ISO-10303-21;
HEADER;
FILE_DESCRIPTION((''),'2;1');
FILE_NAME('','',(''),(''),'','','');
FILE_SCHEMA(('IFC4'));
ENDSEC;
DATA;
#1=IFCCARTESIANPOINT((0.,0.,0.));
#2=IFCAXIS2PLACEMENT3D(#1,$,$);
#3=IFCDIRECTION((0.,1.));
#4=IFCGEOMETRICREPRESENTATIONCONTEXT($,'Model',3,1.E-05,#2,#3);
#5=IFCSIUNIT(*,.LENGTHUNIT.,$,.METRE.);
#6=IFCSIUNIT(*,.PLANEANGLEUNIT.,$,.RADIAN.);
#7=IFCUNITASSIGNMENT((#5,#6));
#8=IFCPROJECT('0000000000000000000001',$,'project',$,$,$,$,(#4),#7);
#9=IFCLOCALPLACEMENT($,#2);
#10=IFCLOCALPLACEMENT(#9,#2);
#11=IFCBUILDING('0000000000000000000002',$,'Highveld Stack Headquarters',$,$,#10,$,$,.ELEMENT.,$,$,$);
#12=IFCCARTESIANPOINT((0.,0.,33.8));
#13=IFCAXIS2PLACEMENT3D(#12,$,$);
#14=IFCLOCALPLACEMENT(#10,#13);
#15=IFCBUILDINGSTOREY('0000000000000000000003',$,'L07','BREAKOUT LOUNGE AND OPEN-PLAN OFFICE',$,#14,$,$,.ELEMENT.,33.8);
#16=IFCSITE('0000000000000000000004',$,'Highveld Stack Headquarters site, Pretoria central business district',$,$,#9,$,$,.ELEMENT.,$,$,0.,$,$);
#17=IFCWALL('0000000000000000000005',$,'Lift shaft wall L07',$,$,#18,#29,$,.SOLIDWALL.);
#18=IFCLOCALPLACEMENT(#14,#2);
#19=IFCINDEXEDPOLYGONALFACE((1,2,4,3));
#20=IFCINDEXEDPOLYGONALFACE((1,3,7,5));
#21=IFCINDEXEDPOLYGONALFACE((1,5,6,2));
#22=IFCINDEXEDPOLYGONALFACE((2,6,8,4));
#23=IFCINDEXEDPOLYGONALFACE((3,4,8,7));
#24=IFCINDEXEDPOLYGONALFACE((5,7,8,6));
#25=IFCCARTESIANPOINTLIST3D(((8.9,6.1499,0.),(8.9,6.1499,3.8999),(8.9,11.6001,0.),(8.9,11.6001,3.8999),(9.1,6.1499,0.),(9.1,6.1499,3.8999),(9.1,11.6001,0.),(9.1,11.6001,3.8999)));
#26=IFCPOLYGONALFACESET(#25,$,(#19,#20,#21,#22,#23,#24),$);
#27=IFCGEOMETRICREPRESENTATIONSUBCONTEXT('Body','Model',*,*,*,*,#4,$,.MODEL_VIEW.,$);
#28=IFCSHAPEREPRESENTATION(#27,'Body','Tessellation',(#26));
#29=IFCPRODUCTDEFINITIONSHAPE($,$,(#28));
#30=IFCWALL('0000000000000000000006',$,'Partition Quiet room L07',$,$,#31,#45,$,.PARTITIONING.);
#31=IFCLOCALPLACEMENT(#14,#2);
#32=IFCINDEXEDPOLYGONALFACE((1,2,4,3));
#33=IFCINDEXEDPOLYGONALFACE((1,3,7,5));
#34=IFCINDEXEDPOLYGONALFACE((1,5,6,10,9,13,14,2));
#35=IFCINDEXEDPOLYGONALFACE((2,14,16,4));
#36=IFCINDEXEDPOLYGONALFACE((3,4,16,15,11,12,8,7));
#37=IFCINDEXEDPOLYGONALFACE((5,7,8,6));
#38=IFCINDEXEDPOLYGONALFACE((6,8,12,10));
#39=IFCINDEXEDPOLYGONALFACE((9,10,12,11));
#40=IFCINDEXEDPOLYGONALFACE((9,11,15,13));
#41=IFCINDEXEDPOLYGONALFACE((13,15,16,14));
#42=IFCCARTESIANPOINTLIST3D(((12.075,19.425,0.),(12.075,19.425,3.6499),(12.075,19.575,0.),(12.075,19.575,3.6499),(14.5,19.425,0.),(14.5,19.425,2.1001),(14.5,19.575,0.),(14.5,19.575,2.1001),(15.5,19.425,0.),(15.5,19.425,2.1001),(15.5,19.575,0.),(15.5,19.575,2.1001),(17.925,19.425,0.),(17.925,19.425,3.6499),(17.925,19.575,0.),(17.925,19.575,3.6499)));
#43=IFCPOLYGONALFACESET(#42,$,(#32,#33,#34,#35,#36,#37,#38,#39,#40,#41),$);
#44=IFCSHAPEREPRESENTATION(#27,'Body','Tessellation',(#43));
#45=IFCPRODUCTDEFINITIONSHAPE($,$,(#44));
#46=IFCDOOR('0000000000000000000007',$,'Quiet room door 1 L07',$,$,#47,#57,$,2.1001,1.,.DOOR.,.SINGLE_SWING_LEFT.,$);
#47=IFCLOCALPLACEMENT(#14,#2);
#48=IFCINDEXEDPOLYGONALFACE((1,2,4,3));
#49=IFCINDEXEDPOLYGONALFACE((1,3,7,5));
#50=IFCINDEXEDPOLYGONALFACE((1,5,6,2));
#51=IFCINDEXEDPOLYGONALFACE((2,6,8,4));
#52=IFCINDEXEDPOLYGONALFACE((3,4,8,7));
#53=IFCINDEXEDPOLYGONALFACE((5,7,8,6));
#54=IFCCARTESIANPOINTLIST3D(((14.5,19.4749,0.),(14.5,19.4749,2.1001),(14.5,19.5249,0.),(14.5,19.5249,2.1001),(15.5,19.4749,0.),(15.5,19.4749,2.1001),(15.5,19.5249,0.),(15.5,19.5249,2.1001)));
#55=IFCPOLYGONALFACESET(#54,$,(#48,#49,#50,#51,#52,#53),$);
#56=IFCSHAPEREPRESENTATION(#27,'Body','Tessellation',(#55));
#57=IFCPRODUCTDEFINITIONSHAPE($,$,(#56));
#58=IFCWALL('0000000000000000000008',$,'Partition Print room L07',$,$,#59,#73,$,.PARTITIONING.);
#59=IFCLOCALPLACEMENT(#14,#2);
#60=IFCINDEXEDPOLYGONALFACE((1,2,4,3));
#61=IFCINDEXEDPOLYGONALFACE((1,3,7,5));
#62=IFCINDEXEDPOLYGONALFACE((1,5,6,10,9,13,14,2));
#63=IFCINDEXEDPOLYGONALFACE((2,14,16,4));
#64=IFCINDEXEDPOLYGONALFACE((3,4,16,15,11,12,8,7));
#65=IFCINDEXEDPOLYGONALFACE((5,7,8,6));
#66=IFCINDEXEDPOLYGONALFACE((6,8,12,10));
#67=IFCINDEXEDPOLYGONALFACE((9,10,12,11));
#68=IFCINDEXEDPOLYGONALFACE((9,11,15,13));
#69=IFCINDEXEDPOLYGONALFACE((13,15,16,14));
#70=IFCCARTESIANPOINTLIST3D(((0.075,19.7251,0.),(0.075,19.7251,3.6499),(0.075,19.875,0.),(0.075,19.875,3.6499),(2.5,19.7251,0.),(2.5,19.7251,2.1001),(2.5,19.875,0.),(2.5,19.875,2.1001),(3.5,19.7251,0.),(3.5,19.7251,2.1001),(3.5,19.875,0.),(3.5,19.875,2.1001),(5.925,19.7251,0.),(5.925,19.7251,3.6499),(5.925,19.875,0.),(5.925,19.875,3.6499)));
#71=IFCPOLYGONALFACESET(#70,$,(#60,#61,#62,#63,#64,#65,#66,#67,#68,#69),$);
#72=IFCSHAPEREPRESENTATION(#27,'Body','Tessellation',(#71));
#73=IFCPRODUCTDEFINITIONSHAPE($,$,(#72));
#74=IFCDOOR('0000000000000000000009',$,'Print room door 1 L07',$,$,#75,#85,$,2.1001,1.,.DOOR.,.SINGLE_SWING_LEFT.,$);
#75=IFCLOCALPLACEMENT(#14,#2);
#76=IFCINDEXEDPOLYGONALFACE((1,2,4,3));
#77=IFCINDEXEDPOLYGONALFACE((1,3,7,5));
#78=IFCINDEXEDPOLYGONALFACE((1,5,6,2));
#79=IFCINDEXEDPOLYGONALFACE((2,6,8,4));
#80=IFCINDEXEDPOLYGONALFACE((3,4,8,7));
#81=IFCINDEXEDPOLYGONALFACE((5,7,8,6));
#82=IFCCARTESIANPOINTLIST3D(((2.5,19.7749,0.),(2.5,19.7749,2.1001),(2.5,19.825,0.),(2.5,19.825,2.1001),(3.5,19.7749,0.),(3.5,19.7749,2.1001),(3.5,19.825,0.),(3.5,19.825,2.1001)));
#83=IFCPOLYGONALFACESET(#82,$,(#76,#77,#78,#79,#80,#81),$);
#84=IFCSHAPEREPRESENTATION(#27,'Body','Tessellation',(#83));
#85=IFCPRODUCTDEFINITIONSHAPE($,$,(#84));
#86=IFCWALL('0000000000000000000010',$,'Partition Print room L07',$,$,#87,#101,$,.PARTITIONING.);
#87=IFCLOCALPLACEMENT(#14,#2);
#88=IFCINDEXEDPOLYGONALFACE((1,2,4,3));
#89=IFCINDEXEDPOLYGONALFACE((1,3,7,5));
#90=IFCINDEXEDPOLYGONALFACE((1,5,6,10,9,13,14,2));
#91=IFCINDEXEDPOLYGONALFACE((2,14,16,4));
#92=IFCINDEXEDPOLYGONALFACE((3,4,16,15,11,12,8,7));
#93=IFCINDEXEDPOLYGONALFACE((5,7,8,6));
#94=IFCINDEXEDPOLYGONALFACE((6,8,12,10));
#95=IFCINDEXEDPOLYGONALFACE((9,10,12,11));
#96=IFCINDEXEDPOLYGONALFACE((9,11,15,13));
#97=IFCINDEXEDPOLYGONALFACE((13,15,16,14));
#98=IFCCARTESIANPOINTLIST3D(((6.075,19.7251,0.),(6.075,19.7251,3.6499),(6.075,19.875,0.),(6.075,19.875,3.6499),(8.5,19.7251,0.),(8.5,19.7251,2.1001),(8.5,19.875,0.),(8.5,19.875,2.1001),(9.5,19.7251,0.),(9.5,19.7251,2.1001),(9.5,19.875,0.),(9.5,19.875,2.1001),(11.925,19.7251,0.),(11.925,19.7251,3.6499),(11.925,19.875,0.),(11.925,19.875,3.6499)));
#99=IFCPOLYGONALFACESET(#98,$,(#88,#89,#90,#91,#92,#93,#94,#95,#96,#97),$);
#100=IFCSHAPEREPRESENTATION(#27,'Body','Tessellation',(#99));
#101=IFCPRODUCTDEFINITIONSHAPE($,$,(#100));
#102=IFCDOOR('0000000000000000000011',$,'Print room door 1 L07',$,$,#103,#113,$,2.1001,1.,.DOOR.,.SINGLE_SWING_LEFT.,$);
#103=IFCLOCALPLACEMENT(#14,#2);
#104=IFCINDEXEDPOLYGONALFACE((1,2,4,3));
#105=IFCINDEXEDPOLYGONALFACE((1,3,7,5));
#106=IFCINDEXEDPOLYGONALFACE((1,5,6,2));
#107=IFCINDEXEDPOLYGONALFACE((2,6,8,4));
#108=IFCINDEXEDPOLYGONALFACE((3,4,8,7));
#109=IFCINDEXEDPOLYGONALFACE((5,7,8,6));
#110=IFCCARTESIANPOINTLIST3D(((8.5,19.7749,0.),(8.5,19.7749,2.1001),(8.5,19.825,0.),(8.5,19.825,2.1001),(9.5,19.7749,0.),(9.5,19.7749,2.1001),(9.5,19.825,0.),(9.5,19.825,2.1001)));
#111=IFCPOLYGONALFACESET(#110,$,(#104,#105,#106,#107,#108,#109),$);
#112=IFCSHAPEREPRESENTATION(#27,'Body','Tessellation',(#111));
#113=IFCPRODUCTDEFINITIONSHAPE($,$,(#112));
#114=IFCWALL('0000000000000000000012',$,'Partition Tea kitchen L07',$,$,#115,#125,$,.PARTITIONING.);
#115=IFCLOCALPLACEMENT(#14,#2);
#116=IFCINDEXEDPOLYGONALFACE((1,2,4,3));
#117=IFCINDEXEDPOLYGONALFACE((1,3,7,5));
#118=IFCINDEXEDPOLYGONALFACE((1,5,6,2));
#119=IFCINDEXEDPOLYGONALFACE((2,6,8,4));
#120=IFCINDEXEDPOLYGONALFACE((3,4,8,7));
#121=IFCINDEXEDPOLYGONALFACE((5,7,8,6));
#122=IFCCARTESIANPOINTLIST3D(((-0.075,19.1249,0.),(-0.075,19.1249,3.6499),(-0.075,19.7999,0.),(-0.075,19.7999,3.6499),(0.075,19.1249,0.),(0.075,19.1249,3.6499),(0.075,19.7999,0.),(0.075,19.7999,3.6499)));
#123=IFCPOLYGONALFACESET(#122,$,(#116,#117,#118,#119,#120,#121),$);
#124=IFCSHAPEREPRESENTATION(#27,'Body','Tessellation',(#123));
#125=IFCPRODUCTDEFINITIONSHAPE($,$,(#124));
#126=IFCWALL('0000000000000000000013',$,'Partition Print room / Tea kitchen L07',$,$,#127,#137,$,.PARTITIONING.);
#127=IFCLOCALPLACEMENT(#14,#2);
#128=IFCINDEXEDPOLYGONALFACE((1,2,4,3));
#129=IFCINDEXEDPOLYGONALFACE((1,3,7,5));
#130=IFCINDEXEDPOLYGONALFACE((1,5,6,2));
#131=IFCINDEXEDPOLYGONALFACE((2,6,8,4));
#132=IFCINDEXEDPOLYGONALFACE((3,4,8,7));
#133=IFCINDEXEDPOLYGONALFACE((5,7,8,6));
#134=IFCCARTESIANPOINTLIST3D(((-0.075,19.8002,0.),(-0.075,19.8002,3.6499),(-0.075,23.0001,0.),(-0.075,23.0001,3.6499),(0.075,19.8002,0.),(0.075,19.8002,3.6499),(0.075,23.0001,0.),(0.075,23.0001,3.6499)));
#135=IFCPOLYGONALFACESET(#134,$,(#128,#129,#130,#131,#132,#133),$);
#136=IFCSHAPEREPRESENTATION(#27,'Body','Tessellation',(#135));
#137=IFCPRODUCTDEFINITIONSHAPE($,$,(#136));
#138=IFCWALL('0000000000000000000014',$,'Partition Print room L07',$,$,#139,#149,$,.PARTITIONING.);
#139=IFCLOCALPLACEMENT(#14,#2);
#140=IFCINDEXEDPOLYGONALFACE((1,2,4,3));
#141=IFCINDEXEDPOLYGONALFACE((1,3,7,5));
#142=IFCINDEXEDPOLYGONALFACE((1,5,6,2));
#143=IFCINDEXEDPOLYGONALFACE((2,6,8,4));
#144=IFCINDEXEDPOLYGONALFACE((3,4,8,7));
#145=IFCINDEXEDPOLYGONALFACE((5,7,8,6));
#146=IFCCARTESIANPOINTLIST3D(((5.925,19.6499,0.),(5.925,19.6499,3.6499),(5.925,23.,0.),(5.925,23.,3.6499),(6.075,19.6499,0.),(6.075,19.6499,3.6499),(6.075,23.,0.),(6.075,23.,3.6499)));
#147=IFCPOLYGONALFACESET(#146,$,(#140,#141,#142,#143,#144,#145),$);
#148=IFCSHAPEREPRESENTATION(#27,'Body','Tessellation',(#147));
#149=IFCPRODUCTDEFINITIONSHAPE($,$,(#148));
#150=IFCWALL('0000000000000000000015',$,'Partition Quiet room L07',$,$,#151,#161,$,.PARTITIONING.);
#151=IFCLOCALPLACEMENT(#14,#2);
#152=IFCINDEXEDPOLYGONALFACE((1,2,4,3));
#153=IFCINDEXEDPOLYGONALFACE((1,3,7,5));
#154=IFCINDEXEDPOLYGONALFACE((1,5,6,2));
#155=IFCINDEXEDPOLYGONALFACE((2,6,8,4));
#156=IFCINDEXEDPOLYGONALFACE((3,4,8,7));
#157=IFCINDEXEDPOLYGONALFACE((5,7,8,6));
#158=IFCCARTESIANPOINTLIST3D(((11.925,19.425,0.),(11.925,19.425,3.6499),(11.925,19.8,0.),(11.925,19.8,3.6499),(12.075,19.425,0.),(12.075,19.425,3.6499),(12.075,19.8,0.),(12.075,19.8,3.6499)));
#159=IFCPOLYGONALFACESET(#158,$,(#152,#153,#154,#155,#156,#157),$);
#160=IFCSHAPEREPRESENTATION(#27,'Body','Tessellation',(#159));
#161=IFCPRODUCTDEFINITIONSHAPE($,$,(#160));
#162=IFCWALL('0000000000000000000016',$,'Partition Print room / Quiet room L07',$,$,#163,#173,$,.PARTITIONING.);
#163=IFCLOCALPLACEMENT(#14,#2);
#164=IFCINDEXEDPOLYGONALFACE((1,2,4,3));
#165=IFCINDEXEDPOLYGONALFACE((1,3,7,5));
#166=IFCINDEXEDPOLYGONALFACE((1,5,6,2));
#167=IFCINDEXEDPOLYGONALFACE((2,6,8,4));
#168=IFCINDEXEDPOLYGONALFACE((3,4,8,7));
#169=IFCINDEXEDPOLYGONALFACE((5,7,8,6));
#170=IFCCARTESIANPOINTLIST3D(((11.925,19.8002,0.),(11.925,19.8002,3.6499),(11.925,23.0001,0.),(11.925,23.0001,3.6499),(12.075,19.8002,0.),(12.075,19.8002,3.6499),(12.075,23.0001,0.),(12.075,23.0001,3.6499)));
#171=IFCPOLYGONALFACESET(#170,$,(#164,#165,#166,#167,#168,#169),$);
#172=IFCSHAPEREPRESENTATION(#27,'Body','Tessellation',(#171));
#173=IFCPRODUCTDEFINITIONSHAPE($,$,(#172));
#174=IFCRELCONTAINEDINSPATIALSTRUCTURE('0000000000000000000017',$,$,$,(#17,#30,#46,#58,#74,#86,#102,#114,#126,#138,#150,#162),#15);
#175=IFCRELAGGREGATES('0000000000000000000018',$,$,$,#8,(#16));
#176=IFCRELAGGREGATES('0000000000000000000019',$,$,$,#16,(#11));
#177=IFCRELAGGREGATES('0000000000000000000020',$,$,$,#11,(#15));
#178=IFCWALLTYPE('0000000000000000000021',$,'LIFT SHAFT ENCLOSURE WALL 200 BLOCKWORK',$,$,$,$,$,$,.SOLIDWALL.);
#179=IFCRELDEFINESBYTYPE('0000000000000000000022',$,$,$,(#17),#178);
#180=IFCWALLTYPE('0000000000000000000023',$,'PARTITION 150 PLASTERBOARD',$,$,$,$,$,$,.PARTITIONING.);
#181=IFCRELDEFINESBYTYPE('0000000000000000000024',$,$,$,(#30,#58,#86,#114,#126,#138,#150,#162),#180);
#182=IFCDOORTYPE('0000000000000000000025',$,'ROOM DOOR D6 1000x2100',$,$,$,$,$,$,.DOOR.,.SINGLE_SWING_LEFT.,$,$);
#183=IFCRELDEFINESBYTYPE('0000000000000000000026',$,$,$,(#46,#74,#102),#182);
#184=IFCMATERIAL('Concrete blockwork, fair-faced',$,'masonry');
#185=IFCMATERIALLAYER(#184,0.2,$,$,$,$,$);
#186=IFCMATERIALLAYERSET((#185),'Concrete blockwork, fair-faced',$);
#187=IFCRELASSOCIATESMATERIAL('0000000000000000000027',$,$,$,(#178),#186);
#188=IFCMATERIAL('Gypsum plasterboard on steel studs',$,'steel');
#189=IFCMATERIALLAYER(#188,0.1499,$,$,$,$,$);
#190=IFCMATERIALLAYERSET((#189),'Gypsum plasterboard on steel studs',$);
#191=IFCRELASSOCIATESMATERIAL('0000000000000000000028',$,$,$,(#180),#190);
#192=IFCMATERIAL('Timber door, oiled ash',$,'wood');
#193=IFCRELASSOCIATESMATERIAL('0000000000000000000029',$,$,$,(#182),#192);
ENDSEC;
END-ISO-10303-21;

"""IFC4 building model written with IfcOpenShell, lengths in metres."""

from ifc_helpers import new_model, si_unit, direction, frame, frame_2d, origin, place, context, subcontext, project, spatial, rectangle, extrude, material, layer, layer_set, type_object, element, fill, save


model = new_model("IFC4")

# Units and contexts
model_context = context("Model", 3, precision=1e-05, world=origin(), true_north=direction((0.0, 1.0)))
body_context = subcontext(model_context, "Body", "Model", "MODEL_VIEW")
ifc_project = project(units=[si_unit("LENGTHUNIT", "METRE"), si_unit("PLANEANGLEUNIT", "RADIAN")], contexts=[model_context])

# Site, building, storey
site_placement = place(None, origin())
site = spatial("IfcSite", under=ifc_project, at=site_placement, Name="Highveld Stack Headquarters site, Pretoria central business district", CompositionType="ELEMENT", RefElevation=0.0)
building_placement = place(site_placement, origin())
building = spatial("IfcBuilding", under=site, at=building_placement, Name="Highveld Stack Headquarters", CompositionType="ELEMENT")
storey_placement = place(building_placement, frame((0.0, 0.0, 33.8)))
storey = spatial("IfcBuildingStorey", under=building, at=storey_placement, Name="L07", Description="BREAKOUT LOUNGE AND OPEN-PLAN OFFICE", CompositionType="ELEMENT", Elevation=33.8)

# Wall
ifc_material_1 = material(Name="Concrete blockwork, fair-faced", Category="masonry")
ifc_layer_1 = layer(ifc_material_1, 0.2)
ifc_layer_set_1 = layer_set([ifc_layer_1], Name="Concrete blockwork, fair-faced")
wall_type_1 = type_object("IfcWallType", Name="LIFT SHAFT ENCLOSURE WALL 200 BLOCKWORK", PredefinedType="SOLIDWALL", material=ifc_layer_set_1)
for number, where, z_axis, x_axis, name in (
    (1, (9.0, 6.1499, 0.0), (0.0, 0.0, 1.0), (0.0, 1.0, 0.0), "Lift shaft wall L07"),
):
    element("IfcWall", number, at=place(storey_placement, frame(where, z_axis=z_axis, x_axis=x_axis)), inside=storey, type_object=wall_type_1, Name=name, PredefinedType="SOLIDWALL", context=body_context, shape_type="SweptSolid", body=[
        extrude(rectangle(XDim=5.4502, YDim=0.2, at=frame_2d((2.7251, 0.0))), origin(), (0.0, 0.0, 1.0), 3.8999),
    ])

# Walls, openings, doors
ifc_material_2 = material(Name="Gypsum plasterboard on steel studs", Category="steel")
ifc_layer_2 = layer(ifc_material_2, 0.1499)
ifc_layer_set_2 = layer_set([ifc_layer_2], Name="Gypsum plasterboard on steel studs")
wall_type_2 = type_object("IfcWallType", Name="PARTITION 150 PLASTERBOARD", PredefinedType="PARTITIONING", material=ifc_layer_set_2)
wall_1_placement = place(storey_placement, frame((12.075, 19.5, 0.0), z_axis=(0.0, 0.0, 1.0), x_axis=(1.0, 0.0, 0.0)))
wall_1 = element("IfcWall", 2, at=wall_1_placement, inside=storey, type_object=wall_type_2, Name="Partition Quiet room L07", PredefinedType="PARTITIONING", context=body_context, shape_type="SweptSolid", body=[
    extrude(rectangle(XDim=5.8501, YDim=0.1499, at=frame_2d((2.925, 0.0))), origin(), (0.0, 0.0, 1.0), 3.6499),
])
opening_1_placement = place(wall_1_placement, frame((2.425, 0.0, 0.0)))
opening_1 = element("IfcOpeningElement", 3, at=opening_1_placement, cuts=wall_1, PredefinedType="OPENING", context=body_context, shape_type="SweptSolid", body=[
    extrude(rectangle(XDim=1.0, YDim=2.1001, at=frame_2d((0.5, 1.05))), frame((0.0, 0.085, 0.0), z_axis=(0.0, -1.0, 0.0), x_axis=(1.0, 0.0, 0.0)), (0.0, 0.0, 1.0), 0.1699),
])
ifc_material_3 = material(Name="Timber door, oiled ash", Category="wood")
door_type_1 = type_object("IfcDoorType", Name="ROOM DOOR D6 1000x2100", OperationType="SINGLE_SWING_LEFT", PredefinedType="DOOR", material=ifc_material_3)
door_1_placement = place(opening_1_placement, origin())
door_1 = element("IfcDoor", 4, at=door_1_placement, inside=storey, type_object=door_type_1, Name="Quiet room door 1 L07", OperationType="SINGLE_SWING_LEFT", OverallHeight=2.1001, OverallWidth=1.0, PredefinedType="DOOR", context=body_context, shape_type="SweptSolid", body=[
    extrude(rectangle(XDim=1.0, YDim=2.1001, at=frame_2d((0.5, 1.05))), frame((0.0, 0.0249, 0.0), z_axis=(0.0, -1.0, 0.0), x_axis=(1.0, 0.0, 0.0)), (0.0, 0.0, 1.0), 0.05),
])
fill(opening_1, door_1)
wall_2_placement = place(storey_placement, frame((0.075, 19.8, 0.0), z_axis=(0.0, 0.0, 1.0), x_axis=(1.0, 0.0, 0.0)))
wall_2 = element("IfcWall", 5, at=wall_2_placement, inside=storey, type_object=wall_type_2, Name="Partition Print room L07", PredefinedType="PARTITIONING", context=body_context, shape_type="SweptSolid", body=[
    extrude(rectangle(XDim=5.8501, YDim=0.1499, at=frame_2d((2.925, 0.0))), origin(), (0.0, 0.0, 1.0), 3.6499),
])
opening_2_placement = place(wall_2_placement, frame((2.425, 0.0, 0.0)))
opening_2 = element("IfcOpeningElement", 6, at=opening_2_placement, cuts=wall_2, PredefinedType="OPENING", context=body_context, shape_type="SweptSolid", body=[
    extrude(rectangle(XDim=1.0, YDim=2.1001, at=frame_2d((0.5, 1.05))), frame((0.0, 0.085, 0.0), z_axis=(0.0, -1.0, 0.0), x_axis=(1.0, 0.0, 0.0)), (0.0, 0.0, 1.0), 0.1699),
])
door_2_placement = place(opening_2_placement, origin())
door_2 = element("IfcDoor", 7, at=door_2_placement, inside=storey, type_object=door_type_1, Name="Print room door 1 L07", OperationType="SINGLE_SWING_LEFT", OverallHeight=2.1001, OverallWidth=1.0, PredefinedType="DOOR", context=body_context, shape_type="SweptSolid", body=[
    extrude(rectangle(XDim=1.0, YDim=2.1001, at=frame_2d((0.5, 1.05))), frame((0.0, 0.0249, 0.0), z_axis=(0.0, -1.0, 0.0), x_axis=(1.0, 0.0, 0.0)), (0.0, 0.0, 1.0), 0.05),
])
fill(opening_2, door_2)
wall_3_placement = place(storey_placement, frame((6.075, 19.8, 0.0), z_axis=(0.0, 0.0, 1.0), x_axis=(1.0, 0.0, 0.0)))
wall_3 = element("IfcWall", 8, at=wall_3_placement, inside=storey, type_object=wall_type_2, Name="Partition Print room L07", PredefinedType="PARTITIONING", context=body_context, shape_type="SweptSolid", body=[
    extrude(rectangle(XDim=5.8501, YDim=0.1499, at=frame_2d((2.925, 0.0))), origin(), (0.0, 0.0, 1.0), 3.6499),
])
opening_3_placement = place(wall_3_placement, frame((2.425, 0.0, 0.0)))
opening_3 = element("IfcOpeningElement", 9, at=opening_3_placement, cuts=wall_3, PredefinedType="OPENING", context=body_context, shape_type="SweptSolid", body=[
    extrude(rectangle(XDim=1.0, YDim=2.1001, at=frame_2d((0.5, 1.05))), frame((0.0, 0.085, 0.0), z_axis=(0.0, -1.0, 0.0), x_axis=(1.0, 0.0, 0.0)), (0.0, 0.0, 1.0), 0.1699),
])
door_3_placement = place(opening_3_placement, origin())
door_3 = element("IfcDoor", 10, at=door_3_placement, inside=storey, type_object=door_type_1, Name="Print room door 1 L07", OperationType="SINGLE_SWING_LEFT", OverallHeight=2.1001, OverallWidth=1.0, PredefinedType="DOOR", context=body_context, shape_type="SweptSolid", body=[
    extrude(rectangle(XDim=1.0, YDim=2.1001, at=frame_2d((0.5, 1.05))), frame((0.0, 0.0249, 0.0), z_axis=(0.0, -1.0, 0.0), x_axis=(1.0, 0.0, 0.0)), (0.0, 0.0, 1.0), 0.05),
])
fill(opening_3, door_3)

# Walls
wall_4_placement = place(storey_placement, frame((0.0, 19.125, 0.0), z_axis=(0.0, 0.0, 1.0), x_axis=(0.0, 1.0, 0.0)))
element("IfcWall", 11, at=wall_4_placement, inside=storey, type_object=wall_type_2, Name="Partition Tea kitchen L07", PredefinedType="PARTITIONING", context=body_context, shape_type="SweptSolid", body=[
    extrude(rectangle(XDim=0.675, YDim=0.1499, at=frame_2d((0.3374, 0.0))), origin(), (0.0, 0.0, 1.0), 3.6499),
])
wall_5_placement = place(storey_placement, frame((0.0, 19.8, 0.0), z_axis=(0.0, 0.0, 1.0), x_axis=(0.0, 1.0, 0.0)))
element("IfcWall", 12, at=wall_5_placement, inside=storey, type_object=wall_type_2, Name="Partition Print room / Tea kitchen L07", PredefinedType="PARTITIONING", context=body_context, shape_type="SweptSolid", body=[
    extrude(rectangle(XDim=3.2, YDim=0.1499, at=frame_2d((1.6001, 0.0))), origin(), (0.0, 0.0, 1.0), 3.6499),
])
wall_6_placement = place(storey_placement, frame((6.0, 19.6499, 0.0), z_axis=(0.0, 0.0, 1.0), x_axis=(0.0, 1.0, 0.0)))
element("IfcWall", 13, at=wall_6_placement, inside=storey, type_object=wall_type_2, Name="Partition Print room L07", PredefinedType="PARTITIONING", context=body_context, shape_type="SweptSolid", body=[
    extrude(rectangle(XDim=3.3501, YDim=0.1499, at=frame_2d((1.675, 0.0))), origin(), (0.0, 0.0, 1.0), 3.6499),
])
wall_7_placement = place(storey_placement, frame((12.0, 19.425, 0.0), z_axis=(0.0, 0.0, 1.0), x_axis=(0.0, 1.0, 0.0)))
element("IfcWall", 14, at=wall_7_placement, inside=storey, type_object=wall_type_2, Name="Partition Quiet room L07", PredefinedType="PARTITIONING", context=body_context, shape_type="SweptSolid", body=[
    extrude(rectangle(XDim=0.375, YDim=0.1499, at=frame_2d((0.1875, 0.0))), origin(), (0.0, 0.0, 1.0), 3.6499),
])
wall_8_placement = place(storey_placement, frame((12.0, 19.8, 0.0), z_axis=(0.0, 0.0, 1.0), x_axis=(0.0, 1.0, 0.0)))
element("IfcWall", 15, at=wall_8_placement, inside=storey, type_object=wall_type_2, Name="Partition Print room / Quiet room L07", PredefinedType="PARTITIONING", context=body_context, shape_type="SweptSolid", body=[
    extrude(rectangle(XDim=3.2, YDim=0.1499, at=frame_2d((1.6001, 0.0))), origin(), (0.0, 0.0, 1.0), 3.6499),
])

save(model, "model.ifc")
